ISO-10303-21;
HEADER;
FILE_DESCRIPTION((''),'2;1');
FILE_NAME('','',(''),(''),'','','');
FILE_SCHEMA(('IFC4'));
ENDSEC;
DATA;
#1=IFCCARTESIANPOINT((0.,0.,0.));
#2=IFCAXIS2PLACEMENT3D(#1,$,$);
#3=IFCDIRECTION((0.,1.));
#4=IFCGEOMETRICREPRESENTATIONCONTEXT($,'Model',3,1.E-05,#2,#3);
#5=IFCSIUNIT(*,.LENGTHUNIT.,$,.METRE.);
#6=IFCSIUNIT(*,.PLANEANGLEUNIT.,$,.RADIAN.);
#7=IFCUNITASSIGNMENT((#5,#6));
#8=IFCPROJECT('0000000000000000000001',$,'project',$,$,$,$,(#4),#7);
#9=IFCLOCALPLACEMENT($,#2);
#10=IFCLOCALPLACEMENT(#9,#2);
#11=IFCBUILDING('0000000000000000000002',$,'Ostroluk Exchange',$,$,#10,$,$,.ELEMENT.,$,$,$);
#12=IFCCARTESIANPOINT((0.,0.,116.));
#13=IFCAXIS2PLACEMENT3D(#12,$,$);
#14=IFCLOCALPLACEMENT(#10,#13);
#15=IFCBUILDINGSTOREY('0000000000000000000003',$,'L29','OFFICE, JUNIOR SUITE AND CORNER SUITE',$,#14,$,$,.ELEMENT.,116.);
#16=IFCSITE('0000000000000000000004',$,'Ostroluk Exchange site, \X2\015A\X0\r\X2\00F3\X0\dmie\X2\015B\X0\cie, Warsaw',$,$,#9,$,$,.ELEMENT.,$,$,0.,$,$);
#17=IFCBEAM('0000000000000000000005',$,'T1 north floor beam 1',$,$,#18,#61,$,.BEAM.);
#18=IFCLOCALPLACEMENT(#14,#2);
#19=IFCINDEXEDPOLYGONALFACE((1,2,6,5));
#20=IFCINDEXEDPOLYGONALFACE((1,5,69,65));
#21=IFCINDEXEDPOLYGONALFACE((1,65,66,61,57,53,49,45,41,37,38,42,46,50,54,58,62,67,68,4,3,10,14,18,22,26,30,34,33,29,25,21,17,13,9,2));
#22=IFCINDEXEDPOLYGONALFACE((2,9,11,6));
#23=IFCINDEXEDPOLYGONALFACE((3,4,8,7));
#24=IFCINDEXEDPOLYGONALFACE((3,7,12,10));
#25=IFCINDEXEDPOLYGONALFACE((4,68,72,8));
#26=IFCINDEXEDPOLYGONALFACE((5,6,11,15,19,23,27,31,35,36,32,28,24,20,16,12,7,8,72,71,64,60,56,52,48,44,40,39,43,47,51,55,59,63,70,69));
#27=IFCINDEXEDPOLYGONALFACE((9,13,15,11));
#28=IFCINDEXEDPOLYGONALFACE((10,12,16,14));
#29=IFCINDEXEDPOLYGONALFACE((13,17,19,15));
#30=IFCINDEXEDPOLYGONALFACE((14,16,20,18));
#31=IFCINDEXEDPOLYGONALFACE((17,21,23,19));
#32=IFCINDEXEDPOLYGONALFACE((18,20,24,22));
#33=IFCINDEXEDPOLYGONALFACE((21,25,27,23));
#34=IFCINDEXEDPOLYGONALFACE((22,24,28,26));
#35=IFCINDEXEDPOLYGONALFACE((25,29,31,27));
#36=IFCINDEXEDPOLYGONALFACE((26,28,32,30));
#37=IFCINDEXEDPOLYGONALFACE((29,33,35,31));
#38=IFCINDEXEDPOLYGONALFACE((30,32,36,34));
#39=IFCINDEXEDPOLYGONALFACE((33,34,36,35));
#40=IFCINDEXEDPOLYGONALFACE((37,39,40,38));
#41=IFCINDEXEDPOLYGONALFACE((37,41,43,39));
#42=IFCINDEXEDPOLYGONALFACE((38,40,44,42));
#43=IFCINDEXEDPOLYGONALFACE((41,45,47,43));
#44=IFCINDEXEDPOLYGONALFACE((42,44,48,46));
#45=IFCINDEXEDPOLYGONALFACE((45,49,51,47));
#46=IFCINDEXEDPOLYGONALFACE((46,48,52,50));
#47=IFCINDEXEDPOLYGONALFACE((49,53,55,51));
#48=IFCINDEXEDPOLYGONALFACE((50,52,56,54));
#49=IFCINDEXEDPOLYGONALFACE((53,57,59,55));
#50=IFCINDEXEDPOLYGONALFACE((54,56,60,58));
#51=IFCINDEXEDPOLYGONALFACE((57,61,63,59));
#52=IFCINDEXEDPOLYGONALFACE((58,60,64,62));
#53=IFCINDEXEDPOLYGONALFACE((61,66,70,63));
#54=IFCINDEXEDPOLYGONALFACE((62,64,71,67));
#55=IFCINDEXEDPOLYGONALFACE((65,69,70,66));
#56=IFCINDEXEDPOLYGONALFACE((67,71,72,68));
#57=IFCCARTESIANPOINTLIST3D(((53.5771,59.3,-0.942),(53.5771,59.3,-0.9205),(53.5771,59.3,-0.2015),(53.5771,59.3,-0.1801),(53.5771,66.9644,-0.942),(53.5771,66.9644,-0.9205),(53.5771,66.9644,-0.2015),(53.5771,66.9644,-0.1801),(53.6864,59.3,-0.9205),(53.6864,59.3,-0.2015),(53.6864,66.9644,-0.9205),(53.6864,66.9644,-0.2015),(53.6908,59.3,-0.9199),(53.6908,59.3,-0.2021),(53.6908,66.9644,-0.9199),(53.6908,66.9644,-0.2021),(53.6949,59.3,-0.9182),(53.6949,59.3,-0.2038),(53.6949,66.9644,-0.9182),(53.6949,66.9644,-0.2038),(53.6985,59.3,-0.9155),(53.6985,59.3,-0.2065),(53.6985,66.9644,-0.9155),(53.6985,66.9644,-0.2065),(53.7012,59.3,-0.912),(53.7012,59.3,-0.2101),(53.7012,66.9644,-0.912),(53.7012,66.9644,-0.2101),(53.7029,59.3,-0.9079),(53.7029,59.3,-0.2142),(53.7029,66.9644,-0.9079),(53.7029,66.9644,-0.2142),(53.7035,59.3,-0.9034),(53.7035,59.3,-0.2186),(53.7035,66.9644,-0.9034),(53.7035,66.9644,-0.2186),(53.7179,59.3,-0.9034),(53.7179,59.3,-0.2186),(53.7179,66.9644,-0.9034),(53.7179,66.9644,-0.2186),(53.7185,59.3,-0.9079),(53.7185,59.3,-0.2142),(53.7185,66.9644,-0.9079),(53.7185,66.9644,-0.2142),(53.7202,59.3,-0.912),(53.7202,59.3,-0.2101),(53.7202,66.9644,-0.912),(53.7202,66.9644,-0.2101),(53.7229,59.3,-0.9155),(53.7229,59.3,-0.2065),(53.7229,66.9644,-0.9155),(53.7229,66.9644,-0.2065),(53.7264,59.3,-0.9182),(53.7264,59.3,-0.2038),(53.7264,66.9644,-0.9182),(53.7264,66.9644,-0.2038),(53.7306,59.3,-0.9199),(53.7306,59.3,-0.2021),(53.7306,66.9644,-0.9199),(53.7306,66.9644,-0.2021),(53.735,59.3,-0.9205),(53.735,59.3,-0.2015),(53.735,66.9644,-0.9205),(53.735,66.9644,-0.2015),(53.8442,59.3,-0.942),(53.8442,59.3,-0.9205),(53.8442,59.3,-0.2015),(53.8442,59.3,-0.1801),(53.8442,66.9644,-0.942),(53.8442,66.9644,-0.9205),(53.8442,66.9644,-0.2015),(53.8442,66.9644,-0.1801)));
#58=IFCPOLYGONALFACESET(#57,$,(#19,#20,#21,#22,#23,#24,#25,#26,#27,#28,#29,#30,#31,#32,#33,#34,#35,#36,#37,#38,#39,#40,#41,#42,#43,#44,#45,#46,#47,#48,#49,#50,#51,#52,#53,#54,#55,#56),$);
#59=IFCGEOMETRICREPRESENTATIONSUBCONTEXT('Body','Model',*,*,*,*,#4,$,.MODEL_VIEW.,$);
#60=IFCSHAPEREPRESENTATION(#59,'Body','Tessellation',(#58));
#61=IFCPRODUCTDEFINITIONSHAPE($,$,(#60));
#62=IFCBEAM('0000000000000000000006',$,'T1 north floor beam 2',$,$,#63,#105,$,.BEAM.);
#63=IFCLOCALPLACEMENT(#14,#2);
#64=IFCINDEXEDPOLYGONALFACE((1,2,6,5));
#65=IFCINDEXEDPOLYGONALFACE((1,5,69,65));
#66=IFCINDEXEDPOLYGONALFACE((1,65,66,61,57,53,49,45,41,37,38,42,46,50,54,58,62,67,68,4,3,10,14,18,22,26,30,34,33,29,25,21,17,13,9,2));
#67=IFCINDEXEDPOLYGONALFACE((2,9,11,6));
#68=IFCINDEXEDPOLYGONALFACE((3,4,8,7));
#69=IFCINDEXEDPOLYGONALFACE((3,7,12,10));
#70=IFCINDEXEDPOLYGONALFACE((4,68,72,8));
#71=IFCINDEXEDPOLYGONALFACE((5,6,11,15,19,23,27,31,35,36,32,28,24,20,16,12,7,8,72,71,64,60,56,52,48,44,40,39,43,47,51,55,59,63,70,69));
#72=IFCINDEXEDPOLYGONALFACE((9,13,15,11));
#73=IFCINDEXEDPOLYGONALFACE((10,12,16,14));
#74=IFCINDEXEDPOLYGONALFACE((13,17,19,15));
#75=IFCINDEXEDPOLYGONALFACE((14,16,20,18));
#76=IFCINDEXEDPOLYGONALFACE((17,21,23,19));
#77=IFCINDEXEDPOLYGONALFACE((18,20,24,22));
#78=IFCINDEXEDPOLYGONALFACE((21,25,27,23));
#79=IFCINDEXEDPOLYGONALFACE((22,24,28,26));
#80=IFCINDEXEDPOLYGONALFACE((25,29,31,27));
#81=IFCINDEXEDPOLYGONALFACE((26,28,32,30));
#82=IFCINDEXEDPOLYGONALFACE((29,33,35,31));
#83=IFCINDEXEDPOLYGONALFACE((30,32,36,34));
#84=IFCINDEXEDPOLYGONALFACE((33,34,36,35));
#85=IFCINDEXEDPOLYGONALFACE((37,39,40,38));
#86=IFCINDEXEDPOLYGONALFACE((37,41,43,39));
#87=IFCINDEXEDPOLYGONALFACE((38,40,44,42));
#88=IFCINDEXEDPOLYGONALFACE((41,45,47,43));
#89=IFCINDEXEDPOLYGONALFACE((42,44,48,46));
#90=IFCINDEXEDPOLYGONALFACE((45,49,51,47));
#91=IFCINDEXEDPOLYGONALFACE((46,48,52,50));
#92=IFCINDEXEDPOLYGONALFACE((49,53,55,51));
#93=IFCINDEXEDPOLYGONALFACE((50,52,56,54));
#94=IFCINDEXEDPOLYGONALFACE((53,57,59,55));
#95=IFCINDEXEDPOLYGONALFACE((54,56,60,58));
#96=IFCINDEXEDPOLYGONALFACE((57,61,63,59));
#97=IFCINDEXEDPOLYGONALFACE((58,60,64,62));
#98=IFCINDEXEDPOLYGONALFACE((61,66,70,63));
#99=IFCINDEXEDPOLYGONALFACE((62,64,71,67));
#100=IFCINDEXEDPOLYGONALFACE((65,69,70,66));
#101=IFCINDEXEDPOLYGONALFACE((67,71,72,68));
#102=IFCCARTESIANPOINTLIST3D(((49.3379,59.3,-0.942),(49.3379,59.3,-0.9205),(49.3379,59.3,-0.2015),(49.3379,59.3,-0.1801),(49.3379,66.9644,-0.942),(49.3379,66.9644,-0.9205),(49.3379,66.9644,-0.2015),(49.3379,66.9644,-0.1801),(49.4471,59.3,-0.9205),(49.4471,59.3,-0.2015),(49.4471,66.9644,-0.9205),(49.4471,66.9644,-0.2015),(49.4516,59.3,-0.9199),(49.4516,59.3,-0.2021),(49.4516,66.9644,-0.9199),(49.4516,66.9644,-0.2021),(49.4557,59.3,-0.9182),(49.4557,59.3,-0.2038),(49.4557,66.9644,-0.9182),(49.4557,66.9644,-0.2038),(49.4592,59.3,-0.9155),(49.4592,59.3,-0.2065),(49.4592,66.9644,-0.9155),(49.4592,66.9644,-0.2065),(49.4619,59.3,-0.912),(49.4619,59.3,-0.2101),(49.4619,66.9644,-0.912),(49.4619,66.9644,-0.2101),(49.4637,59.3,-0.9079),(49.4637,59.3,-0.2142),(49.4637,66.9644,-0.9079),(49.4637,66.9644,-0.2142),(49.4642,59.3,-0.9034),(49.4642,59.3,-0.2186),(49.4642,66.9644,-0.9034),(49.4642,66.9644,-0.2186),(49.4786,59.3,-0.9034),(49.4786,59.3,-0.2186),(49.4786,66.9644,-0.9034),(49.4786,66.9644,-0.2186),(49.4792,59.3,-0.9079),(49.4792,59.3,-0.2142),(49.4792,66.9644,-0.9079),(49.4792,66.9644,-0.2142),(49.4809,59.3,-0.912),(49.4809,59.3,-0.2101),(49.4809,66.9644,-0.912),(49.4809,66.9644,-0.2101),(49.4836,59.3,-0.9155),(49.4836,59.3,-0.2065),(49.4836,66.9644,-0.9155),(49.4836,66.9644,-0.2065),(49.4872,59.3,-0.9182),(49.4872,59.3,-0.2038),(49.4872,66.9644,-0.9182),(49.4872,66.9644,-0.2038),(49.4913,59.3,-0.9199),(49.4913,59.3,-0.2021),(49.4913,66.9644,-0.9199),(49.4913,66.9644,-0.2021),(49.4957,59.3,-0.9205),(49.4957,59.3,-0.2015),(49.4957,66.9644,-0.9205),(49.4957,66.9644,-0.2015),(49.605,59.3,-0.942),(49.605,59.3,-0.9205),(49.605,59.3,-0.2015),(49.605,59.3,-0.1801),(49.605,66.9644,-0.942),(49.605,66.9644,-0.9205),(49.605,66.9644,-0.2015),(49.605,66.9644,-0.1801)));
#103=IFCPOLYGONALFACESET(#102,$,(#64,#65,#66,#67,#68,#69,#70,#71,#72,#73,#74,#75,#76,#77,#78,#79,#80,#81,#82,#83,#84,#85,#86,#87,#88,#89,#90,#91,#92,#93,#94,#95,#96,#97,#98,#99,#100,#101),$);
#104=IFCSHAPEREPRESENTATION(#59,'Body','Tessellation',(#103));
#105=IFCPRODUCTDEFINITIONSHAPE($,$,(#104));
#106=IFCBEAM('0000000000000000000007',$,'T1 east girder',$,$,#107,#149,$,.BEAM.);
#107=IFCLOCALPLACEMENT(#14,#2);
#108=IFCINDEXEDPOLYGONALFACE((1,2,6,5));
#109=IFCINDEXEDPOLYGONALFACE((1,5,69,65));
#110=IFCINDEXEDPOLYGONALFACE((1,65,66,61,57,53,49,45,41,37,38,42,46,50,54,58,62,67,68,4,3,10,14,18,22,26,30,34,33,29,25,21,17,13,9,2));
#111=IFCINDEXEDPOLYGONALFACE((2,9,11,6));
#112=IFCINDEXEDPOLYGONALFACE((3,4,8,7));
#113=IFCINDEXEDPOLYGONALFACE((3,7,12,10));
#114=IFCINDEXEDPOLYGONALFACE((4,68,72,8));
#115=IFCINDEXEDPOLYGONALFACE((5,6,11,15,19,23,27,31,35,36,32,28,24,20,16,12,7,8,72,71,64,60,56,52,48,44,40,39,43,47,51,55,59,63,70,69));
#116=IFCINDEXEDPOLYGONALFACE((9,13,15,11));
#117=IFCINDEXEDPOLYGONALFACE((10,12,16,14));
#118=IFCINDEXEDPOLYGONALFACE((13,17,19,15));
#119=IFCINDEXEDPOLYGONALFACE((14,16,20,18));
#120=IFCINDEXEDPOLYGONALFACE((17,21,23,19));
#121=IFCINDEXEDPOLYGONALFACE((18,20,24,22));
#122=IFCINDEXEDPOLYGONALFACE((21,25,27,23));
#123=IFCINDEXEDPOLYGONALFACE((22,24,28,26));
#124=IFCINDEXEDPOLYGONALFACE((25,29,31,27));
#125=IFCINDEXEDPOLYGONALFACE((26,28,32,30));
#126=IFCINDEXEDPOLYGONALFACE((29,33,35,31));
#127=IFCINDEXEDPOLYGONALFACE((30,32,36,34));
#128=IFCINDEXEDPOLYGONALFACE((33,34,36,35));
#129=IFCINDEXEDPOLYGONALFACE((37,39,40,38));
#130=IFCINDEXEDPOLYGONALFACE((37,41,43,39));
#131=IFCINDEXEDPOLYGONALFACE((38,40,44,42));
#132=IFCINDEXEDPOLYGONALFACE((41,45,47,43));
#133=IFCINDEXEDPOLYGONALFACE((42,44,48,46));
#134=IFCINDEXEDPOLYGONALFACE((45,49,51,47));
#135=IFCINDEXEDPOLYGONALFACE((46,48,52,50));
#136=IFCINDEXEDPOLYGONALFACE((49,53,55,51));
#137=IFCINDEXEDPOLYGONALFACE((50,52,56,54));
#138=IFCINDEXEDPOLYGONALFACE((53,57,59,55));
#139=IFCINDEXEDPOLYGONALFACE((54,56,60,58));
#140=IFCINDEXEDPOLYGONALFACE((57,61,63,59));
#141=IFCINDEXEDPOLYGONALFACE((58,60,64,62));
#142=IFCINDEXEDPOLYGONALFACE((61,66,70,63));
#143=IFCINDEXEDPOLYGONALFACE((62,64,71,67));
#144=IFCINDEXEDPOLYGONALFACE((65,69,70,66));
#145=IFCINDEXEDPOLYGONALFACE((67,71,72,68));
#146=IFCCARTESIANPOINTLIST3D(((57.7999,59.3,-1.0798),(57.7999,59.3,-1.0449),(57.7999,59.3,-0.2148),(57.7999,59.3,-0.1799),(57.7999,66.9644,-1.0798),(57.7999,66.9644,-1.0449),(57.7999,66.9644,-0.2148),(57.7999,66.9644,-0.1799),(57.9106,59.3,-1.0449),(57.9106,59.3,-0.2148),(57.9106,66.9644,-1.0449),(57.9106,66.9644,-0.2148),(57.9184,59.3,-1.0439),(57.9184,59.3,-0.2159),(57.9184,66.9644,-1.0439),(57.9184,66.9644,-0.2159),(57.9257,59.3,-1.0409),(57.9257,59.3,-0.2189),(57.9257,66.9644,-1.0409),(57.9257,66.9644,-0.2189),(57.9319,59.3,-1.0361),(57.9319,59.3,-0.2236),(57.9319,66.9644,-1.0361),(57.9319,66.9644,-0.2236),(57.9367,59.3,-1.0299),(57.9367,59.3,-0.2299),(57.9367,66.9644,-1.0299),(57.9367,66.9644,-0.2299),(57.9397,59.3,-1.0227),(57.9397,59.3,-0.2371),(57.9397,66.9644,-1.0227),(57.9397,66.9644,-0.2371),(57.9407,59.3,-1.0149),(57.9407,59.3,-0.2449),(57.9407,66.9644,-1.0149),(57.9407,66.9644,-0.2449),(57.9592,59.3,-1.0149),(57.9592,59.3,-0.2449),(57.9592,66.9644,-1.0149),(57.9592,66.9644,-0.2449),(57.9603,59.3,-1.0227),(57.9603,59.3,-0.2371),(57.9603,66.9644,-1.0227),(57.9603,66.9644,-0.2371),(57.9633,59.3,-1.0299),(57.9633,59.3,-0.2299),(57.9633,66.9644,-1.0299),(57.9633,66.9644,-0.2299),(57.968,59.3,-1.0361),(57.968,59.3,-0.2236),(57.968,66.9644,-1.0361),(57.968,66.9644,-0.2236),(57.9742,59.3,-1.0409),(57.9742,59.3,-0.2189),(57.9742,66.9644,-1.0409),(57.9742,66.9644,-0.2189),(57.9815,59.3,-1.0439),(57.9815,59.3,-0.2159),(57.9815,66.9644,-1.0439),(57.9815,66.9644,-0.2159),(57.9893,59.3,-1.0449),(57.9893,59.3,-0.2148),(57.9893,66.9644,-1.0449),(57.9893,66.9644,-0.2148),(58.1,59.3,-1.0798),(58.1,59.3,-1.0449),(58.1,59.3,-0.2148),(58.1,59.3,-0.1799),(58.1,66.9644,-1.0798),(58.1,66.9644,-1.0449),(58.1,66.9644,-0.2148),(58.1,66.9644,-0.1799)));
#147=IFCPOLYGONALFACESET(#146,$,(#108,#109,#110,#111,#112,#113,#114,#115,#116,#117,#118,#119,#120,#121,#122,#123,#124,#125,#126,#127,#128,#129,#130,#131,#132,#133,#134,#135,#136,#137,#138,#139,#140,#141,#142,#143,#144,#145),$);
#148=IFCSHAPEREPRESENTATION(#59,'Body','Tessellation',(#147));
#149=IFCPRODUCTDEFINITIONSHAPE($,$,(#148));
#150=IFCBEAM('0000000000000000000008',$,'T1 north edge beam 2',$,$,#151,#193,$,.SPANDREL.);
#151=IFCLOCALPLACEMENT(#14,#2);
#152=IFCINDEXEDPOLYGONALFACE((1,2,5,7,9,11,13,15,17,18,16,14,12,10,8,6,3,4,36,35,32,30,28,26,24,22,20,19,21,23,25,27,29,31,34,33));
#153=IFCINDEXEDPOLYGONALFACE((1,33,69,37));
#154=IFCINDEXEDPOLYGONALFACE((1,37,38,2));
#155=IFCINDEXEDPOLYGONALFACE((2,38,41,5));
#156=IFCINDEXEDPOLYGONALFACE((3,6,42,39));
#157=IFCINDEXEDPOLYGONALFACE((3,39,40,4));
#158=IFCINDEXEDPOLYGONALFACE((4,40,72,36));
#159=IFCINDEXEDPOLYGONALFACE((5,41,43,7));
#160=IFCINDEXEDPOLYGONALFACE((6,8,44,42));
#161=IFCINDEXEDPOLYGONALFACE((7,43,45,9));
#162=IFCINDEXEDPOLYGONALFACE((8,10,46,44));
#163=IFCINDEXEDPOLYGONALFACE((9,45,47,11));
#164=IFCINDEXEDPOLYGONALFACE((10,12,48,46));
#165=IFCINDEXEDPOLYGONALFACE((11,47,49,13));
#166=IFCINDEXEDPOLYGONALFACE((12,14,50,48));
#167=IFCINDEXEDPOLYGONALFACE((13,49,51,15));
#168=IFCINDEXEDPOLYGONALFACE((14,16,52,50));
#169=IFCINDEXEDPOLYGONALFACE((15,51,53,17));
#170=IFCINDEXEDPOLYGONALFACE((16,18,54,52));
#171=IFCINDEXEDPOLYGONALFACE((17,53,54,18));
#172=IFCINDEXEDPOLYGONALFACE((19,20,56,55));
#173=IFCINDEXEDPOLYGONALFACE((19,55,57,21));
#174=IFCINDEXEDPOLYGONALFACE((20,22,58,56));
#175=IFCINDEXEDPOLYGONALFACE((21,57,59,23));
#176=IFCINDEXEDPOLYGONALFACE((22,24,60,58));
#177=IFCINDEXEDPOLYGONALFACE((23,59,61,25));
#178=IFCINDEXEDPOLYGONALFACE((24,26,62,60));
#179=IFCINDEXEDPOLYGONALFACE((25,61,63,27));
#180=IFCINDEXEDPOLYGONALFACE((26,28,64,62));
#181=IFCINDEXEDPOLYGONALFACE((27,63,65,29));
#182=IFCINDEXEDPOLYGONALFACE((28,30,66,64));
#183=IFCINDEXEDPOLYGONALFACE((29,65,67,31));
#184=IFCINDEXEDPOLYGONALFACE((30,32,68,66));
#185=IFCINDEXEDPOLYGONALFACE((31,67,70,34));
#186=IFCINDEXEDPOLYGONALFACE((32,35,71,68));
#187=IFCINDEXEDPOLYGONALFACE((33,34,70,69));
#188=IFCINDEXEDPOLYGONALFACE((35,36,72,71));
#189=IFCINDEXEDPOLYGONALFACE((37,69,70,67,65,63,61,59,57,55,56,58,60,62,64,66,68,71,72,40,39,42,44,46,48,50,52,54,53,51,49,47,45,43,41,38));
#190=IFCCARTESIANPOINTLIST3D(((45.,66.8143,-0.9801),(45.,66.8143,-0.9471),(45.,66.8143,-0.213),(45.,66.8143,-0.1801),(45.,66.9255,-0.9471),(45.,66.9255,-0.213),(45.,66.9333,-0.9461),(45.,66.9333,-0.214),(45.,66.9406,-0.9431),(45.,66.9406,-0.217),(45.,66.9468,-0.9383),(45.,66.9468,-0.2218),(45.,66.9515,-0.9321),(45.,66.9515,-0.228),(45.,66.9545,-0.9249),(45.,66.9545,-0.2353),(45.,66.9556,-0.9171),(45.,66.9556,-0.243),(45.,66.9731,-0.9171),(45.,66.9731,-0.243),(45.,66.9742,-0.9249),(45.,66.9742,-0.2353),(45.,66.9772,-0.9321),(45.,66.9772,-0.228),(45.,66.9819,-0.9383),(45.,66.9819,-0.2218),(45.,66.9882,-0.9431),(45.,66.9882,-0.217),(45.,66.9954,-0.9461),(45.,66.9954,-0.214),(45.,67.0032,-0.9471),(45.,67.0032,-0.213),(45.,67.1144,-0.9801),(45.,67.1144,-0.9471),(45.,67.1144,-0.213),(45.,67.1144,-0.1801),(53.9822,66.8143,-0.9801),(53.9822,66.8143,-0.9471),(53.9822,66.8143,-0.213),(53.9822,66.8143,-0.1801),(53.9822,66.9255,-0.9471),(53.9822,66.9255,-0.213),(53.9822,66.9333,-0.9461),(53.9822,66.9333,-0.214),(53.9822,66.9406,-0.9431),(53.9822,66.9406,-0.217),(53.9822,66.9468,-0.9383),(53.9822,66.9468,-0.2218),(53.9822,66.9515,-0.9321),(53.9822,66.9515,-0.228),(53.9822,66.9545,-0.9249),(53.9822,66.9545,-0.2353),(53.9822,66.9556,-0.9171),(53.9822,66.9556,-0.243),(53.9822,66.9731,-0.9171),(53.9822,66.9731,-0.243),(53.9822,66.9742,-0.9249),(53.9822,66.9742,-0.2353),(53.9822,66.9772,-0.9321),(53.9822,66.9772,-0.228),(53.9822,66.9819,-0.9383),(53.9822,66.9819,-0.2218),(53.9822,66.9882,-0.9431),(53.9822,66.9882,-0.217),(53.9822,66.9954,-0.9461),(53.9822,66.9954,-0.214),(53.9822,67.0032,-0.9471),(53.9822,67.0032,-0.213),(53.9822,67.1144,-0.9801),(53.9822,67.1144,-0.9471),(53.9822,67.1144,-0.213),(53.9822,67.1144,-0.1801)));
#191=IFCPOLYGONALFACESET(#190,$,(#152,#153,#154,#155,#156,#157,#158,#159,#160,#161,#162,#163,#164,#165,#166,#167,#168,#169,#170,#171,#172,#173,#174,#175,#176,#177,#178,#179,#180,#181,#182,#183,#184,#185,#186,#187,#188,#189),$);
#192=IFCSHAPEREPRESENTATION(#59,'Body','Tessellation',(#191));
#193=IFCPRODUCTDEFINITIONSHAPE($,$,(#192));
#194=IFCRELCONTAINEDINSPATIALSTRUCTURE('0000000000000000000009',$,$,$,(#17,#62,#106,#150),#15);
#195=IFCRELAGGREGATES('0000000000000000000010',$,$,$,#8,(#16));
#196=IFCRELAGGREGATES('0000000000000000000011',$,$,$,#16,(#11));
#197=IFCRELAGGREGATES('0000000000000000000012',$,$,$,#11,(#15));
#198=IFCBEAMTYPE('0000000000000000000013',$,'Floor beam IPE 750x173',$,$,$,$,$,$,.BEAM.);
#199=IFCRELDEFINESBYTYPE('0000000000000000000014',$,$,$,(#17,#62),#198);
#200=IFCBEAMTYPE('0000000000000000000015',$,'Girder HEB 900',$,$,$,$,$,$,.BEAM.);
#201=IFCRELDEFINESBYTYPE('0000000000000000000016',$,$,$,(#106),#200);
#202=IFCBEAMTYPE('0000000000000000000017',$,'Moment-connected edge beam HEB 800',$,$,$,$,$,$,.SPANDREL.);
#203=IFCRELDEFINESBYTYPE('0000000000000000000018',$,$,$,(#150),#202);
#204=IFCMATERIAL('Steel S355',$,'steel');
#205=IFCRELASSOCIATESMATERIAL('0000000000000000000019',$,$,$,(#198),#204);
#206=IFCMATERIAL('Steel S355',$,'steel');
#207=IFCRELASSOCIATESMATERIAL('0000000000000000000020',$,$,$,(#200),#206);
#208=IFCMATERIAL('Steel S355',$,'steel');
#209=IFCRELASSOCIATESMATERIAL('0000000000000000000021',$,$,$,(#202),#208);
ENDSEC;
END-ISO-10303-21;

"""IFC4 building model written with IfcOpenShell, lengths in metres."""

from ifc_helpers import new_model, si_unit, direction, frame, origin, origin_2d, place, context, subcontext, project, spatial, i_section, extrude, material, material_profile, profile_set, type_object, element, save


model = new_model("IFC4")

# Units and contexts
model_context = context("Model", 3, precision=1e-05, world=origin(), true_north=direction((0.0, 1.0)))
body_context = subcontext(model_context, "Body", "Model", "MODEL_VIEW")
ifc_project = project(units=[si_unit("LENGTHUNIT", "METRE"), si_unit("PLANEANGLEUNIT", "RADIAN")], contexts=[model_context])

# Site, building, storey
site_placement = place(None, origin())
site = spatial("IfcSite", under=ifc_project, at=site_placement, Name="Ostroluk Exchange site, Śródmieście, Warsaw", CompositionType="ELEMENT", RefElevation=0.0)
building_placement = place(site_placement, origin())
building = spatial("IfcBuilding", under=site, at=building_placement, Name="Ostroluk Exchange", CompositionType="ELEMENT")
storey_placement = place(building_placement, frame((0.0, 0.0, 116.0)))
storey = spatial("IfcBuildingStorey", under=building, at=storey_placement, Name="L29", Description="OFFICE, JUNIOR SUITE AND CORNER SUITE", CompositionType="ELEMENT", Elevation=116.0)

# Beams
ifc_material_1 = material(Name="Steel S355", Category="steel")
ifc_material_profile_1 = material_profile(ifc_material_1, i_section(OverallWidth=0.2671, OverallDepth=0.762, WebThickness=0.0144, FlangeThickness=0.0215, FilletRadius=0.0171, at=origin_2d()), Name="IPE 750x173")
ifc_profile_set_1 = profile_set([ifc_material_profile_1], Name="Steel S355")
beam_type_1 = type_object("IfcBeamType", Name="Floor beam IPE 750x173", PredefinedType="BEAM", material=ifc_profile_set_1)
for number, where, z_axis, x_axis, name in (
    (1, (53.7107, 59.3, -0.561), (0.0, 1.0, 0.0), (-1.0, 0.0, 0.0), "T1 north floor beam 1"),
    (2, (49.4714, 59.3, -0.561), (0.0, 1.0, 0.0), (-1.0, 0.0, 0.0), "T1 north floor beam 2"),
):
    element("IfcBeam", number, at=place(storey_placement, frame(where, z_axis=z_axis, x_axis=x_axis)), inside=storey, type_object=beam_type_1, Name=name, PredefinedType="BEAM", context=body_context, shape_type="SweptSolid", body=[
        extrude(i_section(OverallWidth=0.2671, OverallDepth=0.762, WebThickness=0.0144, FlangeThickness=0.0215, FilletRadius=0.0171, at=origin_2d()), origin(), (0.0, 0.0, 1.0), 7.6643),
    ])
ifc_material_2 = material(Name="Steel S355", Category="steel")
ifc_material_profile_2 = material_profile(ifc_material_2, i_section(OverallWidth=0.3, OverallDepth=0.8999, WebThickness=0.0186, FlangeThickness=0.0349, FilletRadius=0.03, at=origin_2d()), Name="HEB 900")
ifc_profile_set_2 = profile_set([ifc_material_profile_2], Name="Steel S355")
beam_type_2 = type_object("IfcBeamType", Name="Girder HEB 900", PredefinedType="BEAM", material=ifc_profile_set_2)
beam_placement = place(storey_placement, frame((57.95, 59.3, -0.6299), z_axis=(0.0, 1.0, 0.0), x_axis=(-1.0, 0.0, 0.0)))
element("IfcBeam", 3, at=beam_placement, inside=storey, type_object=beam_type_2, Name="T1 east girder", PredefinedType="BEAM", context=body_context, shape_type="SweptSolid", body=[
    extrude(i_section(OverallWidth=0.3, OverallDepth=0.8999, WebThickness=0.0186, FlangeThickness=0.0349, FilletRadius=0.03, at=origin_2d()), origin(), (0.0, 0.0, 1.0), 7.6643),
])
ifc_material_3 = material(Name="Steel S355", Category="steel")
ifc_material_profile_3 = material_profile(ifc_material_3, i_section(OverallWidth=0.3, OverallDepth=0.8, WebThickness=0.0176, FlangeThickness=0.033, FilletRadius=0.03, at=origin_2d()), Name="HEB 800")
ifc_profile_set_3 = profile_set([ifc_material_profile_3], Name="Steel S355")
beam_type_3 = type_object("IfcBeamType", Name="Moment-connected edge beam HEB 800", PredefinedType="SPANDREL", material=ifc_profile_set_3)
for number, where, z_axis, x_axis, name in (
    (4, (53.9822, 66.9644, -0.5801), (-1.0, 0.0, 0.0), (0.0, -1.0, 0.0), "T1 north edge beam 2"),
):
    element("IfcBeam", number, at=place(storey_placement, frame(where, z_axis=z_axis, x_axis=x_axis)), inside=storey, type_object=beam_type_3, Name=name, PredefinedType="SPANDREL", context=body_context, shape_type="SweptSolid", body=[
        extrude(i_section(OverallWidth=0.3, OverallDepth=0.8, WebThickness=0.0176, FlangeThickness=0.033, FilletRadius=0.03, at=origin_2d()), origin(), (0.0, 0.0, 1.0), 8.9822),
    ])

save(model, "model.ifc")
